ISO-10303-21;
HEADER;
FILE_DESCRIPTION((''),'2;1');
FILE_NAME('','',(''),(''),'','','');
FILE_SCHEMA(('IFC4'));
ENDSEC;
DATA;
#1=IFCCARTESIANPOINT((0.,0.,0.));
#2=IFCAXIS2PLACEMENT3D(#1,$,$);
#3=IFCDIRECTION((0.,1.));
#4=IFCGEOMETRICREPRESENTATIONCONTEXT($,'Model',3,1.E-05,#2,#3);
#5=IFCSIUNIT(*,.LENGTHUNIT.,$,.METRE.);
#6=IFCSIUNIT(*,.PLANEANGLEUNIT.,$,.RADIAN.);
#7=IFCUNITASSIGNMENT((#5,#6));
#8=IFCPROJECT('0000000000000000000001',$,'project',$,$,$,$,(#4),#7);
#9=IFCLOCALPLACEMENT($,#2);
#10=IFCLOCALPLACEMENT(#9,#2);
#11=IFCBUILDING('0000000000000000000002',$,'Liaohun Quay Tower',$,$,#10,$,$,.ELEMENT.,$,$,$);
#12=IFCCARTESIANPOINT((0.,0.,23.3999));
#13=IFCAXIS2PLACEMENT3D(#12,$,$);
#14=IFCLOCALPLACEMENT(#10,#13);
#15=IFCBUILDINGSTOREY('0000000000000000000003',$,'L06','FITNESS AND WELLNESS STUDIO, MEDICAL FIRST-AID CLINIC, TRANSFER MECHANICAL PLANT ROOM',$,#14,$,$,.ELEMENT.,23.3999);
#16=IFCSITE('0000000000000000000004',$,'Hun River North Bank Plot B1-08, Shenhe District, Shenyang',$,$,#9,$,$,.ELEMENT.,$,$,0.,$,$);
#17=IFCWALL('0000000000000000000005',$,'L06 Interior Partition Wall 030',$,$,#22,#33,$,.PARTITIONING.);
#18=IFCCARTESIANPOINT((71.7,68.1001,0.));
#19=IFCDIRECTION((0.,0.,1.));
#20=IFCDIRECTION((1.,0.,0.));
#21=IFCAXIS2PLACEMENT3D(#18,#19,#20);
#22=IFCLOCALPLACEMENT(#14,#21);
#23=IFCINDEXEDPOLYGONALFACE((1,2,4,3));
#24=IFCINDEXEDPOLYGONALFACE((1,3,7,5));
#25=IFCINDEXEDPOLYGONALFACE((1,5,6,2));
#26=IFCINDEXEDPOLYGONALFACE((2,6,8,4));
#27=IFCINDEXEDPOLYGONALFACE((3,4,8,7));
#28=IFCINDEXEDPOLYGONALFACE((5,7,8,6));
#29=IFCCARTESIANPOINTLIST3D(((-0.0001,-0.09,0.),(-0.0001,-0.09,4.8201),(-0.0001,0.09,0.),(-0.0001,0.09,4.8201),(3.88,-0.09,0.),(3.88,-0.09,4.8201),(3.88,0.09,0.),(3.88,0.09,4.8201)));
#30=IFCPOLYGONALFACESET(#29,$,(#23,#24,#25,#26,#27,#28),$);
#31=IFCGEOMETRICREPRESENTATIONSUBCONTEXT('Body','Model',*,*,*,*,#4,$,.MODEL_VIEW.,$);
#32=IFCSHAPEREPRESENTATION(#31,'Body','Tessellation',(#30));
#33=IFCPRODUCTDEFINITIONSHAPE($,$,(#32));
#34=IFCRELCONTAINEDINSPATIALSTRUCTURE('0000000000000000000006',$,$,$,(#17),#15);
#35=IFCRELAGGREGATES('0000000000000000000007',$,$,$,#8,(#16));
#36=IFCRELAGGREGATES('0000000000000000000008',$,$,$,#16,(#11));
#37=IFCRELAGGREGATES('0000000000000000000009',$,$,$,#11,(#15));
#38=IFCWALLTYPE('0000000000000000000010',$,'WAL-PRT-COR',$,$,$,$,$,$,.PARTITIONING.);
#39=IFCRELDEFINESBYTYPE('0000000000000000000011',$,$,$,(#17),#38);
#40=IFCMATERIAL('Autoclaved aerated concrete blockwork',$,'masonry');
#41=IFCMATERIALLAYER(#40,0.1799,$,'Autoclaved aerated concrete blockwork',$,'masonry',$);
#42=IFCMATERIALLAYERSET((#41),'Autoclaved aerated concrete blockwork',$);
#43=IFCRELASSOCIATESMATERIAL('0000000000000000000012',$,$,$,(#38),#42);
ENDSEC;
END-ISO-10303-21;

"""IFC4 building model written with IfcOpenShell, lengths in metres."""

from ifc_helpers import new_model, si_unit, direction, frame, frame_2d, origin, place, context, subcontext, project, spatial, rectangle, extrude, material, layer, layer_set, type_object, element, save


model = new_model("IFC4")

# Units and contexts
model_context = context("Model", 3, precision=1e-05, world=origin(), true_north=direction((0.0, 1.0)))
body_context = subcontext(model_context, "Body", "Model", "MODEL_VIEW")
ifc_project = project(units=[si_unit("LENGTHUNIT", "METRE"), si_unit("PLANEANGLEUNIT", "RADIAN")], contexts=[model_context])

# Site, building, storey
site_placement = place(None, origin())
site = spatial("IfcSite", under=ifc_project, at=site_placement, Name="Hun River North Bank Plot B1-08, Shenhe District, Shenyang", CompositionType="ELEMENT", RefElevation=0.0)
building_placement = place(site_placement, origin())
building = spatial("IfcBuilding", under=site, at=building_placement, Name="Liaohun Quay Tower", CompositionType="ELEMENT")
storey_placement = place(building_placement, frame((0.0, 0.0, 23.3999)))
storey = spatial("IfcBuildingStorey", under=building, at=storey_placement, Name="L06", Description="FITNESS AND WELLNESS STUDIO, MEDICAL FIRST-AID CLINIC, TRANSFER MECHANICAL PLANT ROOM", CompositionType="ELEMENT", Elevation=23.3999)

# Shared definitions
ifc_material_1 = material(Name="Autoclaved aerated concrete blockwork", Category="masonry")
ifc_layer_1 = layer(ifc_material_1, 0.1799, Name="Autoclaved aerated concrete blockwork", Category="masonry")
ifc_layer_set_1 = layer_set([ifc_layer_1], Name="Autoclaved aerated concrete blockwork")
wall_type_1 = type_object("IfcWallType", Name="WAL-PRT-COR", PredefinedType="PARTITIONING", material=ifc_layer_set_1)

# Wall
wall_1_placement = place(storey_placement, frame((71.7, 68.1001, 0.0), z_axis=(0.0, 0.0, 1.0), x_axis=(1.0, 0.0, 0.0)))
element("IfcWall", 1, at=wall_1_placement, inside=storey, type_object=wall_type_1, Name="L06 Interior Partition Wall 030", PredefinedType="PARTITIONING", context=body_context, shape_type="SweptSolid", body=[
    extrude(rectangle(XDim=3.8801, YDim=0.1799, at=frame_2d((1.9399, 0.0))), origin(), (0.0, 0.0, 1.0), 4.8201),
])

save(model, "model.ifc")
